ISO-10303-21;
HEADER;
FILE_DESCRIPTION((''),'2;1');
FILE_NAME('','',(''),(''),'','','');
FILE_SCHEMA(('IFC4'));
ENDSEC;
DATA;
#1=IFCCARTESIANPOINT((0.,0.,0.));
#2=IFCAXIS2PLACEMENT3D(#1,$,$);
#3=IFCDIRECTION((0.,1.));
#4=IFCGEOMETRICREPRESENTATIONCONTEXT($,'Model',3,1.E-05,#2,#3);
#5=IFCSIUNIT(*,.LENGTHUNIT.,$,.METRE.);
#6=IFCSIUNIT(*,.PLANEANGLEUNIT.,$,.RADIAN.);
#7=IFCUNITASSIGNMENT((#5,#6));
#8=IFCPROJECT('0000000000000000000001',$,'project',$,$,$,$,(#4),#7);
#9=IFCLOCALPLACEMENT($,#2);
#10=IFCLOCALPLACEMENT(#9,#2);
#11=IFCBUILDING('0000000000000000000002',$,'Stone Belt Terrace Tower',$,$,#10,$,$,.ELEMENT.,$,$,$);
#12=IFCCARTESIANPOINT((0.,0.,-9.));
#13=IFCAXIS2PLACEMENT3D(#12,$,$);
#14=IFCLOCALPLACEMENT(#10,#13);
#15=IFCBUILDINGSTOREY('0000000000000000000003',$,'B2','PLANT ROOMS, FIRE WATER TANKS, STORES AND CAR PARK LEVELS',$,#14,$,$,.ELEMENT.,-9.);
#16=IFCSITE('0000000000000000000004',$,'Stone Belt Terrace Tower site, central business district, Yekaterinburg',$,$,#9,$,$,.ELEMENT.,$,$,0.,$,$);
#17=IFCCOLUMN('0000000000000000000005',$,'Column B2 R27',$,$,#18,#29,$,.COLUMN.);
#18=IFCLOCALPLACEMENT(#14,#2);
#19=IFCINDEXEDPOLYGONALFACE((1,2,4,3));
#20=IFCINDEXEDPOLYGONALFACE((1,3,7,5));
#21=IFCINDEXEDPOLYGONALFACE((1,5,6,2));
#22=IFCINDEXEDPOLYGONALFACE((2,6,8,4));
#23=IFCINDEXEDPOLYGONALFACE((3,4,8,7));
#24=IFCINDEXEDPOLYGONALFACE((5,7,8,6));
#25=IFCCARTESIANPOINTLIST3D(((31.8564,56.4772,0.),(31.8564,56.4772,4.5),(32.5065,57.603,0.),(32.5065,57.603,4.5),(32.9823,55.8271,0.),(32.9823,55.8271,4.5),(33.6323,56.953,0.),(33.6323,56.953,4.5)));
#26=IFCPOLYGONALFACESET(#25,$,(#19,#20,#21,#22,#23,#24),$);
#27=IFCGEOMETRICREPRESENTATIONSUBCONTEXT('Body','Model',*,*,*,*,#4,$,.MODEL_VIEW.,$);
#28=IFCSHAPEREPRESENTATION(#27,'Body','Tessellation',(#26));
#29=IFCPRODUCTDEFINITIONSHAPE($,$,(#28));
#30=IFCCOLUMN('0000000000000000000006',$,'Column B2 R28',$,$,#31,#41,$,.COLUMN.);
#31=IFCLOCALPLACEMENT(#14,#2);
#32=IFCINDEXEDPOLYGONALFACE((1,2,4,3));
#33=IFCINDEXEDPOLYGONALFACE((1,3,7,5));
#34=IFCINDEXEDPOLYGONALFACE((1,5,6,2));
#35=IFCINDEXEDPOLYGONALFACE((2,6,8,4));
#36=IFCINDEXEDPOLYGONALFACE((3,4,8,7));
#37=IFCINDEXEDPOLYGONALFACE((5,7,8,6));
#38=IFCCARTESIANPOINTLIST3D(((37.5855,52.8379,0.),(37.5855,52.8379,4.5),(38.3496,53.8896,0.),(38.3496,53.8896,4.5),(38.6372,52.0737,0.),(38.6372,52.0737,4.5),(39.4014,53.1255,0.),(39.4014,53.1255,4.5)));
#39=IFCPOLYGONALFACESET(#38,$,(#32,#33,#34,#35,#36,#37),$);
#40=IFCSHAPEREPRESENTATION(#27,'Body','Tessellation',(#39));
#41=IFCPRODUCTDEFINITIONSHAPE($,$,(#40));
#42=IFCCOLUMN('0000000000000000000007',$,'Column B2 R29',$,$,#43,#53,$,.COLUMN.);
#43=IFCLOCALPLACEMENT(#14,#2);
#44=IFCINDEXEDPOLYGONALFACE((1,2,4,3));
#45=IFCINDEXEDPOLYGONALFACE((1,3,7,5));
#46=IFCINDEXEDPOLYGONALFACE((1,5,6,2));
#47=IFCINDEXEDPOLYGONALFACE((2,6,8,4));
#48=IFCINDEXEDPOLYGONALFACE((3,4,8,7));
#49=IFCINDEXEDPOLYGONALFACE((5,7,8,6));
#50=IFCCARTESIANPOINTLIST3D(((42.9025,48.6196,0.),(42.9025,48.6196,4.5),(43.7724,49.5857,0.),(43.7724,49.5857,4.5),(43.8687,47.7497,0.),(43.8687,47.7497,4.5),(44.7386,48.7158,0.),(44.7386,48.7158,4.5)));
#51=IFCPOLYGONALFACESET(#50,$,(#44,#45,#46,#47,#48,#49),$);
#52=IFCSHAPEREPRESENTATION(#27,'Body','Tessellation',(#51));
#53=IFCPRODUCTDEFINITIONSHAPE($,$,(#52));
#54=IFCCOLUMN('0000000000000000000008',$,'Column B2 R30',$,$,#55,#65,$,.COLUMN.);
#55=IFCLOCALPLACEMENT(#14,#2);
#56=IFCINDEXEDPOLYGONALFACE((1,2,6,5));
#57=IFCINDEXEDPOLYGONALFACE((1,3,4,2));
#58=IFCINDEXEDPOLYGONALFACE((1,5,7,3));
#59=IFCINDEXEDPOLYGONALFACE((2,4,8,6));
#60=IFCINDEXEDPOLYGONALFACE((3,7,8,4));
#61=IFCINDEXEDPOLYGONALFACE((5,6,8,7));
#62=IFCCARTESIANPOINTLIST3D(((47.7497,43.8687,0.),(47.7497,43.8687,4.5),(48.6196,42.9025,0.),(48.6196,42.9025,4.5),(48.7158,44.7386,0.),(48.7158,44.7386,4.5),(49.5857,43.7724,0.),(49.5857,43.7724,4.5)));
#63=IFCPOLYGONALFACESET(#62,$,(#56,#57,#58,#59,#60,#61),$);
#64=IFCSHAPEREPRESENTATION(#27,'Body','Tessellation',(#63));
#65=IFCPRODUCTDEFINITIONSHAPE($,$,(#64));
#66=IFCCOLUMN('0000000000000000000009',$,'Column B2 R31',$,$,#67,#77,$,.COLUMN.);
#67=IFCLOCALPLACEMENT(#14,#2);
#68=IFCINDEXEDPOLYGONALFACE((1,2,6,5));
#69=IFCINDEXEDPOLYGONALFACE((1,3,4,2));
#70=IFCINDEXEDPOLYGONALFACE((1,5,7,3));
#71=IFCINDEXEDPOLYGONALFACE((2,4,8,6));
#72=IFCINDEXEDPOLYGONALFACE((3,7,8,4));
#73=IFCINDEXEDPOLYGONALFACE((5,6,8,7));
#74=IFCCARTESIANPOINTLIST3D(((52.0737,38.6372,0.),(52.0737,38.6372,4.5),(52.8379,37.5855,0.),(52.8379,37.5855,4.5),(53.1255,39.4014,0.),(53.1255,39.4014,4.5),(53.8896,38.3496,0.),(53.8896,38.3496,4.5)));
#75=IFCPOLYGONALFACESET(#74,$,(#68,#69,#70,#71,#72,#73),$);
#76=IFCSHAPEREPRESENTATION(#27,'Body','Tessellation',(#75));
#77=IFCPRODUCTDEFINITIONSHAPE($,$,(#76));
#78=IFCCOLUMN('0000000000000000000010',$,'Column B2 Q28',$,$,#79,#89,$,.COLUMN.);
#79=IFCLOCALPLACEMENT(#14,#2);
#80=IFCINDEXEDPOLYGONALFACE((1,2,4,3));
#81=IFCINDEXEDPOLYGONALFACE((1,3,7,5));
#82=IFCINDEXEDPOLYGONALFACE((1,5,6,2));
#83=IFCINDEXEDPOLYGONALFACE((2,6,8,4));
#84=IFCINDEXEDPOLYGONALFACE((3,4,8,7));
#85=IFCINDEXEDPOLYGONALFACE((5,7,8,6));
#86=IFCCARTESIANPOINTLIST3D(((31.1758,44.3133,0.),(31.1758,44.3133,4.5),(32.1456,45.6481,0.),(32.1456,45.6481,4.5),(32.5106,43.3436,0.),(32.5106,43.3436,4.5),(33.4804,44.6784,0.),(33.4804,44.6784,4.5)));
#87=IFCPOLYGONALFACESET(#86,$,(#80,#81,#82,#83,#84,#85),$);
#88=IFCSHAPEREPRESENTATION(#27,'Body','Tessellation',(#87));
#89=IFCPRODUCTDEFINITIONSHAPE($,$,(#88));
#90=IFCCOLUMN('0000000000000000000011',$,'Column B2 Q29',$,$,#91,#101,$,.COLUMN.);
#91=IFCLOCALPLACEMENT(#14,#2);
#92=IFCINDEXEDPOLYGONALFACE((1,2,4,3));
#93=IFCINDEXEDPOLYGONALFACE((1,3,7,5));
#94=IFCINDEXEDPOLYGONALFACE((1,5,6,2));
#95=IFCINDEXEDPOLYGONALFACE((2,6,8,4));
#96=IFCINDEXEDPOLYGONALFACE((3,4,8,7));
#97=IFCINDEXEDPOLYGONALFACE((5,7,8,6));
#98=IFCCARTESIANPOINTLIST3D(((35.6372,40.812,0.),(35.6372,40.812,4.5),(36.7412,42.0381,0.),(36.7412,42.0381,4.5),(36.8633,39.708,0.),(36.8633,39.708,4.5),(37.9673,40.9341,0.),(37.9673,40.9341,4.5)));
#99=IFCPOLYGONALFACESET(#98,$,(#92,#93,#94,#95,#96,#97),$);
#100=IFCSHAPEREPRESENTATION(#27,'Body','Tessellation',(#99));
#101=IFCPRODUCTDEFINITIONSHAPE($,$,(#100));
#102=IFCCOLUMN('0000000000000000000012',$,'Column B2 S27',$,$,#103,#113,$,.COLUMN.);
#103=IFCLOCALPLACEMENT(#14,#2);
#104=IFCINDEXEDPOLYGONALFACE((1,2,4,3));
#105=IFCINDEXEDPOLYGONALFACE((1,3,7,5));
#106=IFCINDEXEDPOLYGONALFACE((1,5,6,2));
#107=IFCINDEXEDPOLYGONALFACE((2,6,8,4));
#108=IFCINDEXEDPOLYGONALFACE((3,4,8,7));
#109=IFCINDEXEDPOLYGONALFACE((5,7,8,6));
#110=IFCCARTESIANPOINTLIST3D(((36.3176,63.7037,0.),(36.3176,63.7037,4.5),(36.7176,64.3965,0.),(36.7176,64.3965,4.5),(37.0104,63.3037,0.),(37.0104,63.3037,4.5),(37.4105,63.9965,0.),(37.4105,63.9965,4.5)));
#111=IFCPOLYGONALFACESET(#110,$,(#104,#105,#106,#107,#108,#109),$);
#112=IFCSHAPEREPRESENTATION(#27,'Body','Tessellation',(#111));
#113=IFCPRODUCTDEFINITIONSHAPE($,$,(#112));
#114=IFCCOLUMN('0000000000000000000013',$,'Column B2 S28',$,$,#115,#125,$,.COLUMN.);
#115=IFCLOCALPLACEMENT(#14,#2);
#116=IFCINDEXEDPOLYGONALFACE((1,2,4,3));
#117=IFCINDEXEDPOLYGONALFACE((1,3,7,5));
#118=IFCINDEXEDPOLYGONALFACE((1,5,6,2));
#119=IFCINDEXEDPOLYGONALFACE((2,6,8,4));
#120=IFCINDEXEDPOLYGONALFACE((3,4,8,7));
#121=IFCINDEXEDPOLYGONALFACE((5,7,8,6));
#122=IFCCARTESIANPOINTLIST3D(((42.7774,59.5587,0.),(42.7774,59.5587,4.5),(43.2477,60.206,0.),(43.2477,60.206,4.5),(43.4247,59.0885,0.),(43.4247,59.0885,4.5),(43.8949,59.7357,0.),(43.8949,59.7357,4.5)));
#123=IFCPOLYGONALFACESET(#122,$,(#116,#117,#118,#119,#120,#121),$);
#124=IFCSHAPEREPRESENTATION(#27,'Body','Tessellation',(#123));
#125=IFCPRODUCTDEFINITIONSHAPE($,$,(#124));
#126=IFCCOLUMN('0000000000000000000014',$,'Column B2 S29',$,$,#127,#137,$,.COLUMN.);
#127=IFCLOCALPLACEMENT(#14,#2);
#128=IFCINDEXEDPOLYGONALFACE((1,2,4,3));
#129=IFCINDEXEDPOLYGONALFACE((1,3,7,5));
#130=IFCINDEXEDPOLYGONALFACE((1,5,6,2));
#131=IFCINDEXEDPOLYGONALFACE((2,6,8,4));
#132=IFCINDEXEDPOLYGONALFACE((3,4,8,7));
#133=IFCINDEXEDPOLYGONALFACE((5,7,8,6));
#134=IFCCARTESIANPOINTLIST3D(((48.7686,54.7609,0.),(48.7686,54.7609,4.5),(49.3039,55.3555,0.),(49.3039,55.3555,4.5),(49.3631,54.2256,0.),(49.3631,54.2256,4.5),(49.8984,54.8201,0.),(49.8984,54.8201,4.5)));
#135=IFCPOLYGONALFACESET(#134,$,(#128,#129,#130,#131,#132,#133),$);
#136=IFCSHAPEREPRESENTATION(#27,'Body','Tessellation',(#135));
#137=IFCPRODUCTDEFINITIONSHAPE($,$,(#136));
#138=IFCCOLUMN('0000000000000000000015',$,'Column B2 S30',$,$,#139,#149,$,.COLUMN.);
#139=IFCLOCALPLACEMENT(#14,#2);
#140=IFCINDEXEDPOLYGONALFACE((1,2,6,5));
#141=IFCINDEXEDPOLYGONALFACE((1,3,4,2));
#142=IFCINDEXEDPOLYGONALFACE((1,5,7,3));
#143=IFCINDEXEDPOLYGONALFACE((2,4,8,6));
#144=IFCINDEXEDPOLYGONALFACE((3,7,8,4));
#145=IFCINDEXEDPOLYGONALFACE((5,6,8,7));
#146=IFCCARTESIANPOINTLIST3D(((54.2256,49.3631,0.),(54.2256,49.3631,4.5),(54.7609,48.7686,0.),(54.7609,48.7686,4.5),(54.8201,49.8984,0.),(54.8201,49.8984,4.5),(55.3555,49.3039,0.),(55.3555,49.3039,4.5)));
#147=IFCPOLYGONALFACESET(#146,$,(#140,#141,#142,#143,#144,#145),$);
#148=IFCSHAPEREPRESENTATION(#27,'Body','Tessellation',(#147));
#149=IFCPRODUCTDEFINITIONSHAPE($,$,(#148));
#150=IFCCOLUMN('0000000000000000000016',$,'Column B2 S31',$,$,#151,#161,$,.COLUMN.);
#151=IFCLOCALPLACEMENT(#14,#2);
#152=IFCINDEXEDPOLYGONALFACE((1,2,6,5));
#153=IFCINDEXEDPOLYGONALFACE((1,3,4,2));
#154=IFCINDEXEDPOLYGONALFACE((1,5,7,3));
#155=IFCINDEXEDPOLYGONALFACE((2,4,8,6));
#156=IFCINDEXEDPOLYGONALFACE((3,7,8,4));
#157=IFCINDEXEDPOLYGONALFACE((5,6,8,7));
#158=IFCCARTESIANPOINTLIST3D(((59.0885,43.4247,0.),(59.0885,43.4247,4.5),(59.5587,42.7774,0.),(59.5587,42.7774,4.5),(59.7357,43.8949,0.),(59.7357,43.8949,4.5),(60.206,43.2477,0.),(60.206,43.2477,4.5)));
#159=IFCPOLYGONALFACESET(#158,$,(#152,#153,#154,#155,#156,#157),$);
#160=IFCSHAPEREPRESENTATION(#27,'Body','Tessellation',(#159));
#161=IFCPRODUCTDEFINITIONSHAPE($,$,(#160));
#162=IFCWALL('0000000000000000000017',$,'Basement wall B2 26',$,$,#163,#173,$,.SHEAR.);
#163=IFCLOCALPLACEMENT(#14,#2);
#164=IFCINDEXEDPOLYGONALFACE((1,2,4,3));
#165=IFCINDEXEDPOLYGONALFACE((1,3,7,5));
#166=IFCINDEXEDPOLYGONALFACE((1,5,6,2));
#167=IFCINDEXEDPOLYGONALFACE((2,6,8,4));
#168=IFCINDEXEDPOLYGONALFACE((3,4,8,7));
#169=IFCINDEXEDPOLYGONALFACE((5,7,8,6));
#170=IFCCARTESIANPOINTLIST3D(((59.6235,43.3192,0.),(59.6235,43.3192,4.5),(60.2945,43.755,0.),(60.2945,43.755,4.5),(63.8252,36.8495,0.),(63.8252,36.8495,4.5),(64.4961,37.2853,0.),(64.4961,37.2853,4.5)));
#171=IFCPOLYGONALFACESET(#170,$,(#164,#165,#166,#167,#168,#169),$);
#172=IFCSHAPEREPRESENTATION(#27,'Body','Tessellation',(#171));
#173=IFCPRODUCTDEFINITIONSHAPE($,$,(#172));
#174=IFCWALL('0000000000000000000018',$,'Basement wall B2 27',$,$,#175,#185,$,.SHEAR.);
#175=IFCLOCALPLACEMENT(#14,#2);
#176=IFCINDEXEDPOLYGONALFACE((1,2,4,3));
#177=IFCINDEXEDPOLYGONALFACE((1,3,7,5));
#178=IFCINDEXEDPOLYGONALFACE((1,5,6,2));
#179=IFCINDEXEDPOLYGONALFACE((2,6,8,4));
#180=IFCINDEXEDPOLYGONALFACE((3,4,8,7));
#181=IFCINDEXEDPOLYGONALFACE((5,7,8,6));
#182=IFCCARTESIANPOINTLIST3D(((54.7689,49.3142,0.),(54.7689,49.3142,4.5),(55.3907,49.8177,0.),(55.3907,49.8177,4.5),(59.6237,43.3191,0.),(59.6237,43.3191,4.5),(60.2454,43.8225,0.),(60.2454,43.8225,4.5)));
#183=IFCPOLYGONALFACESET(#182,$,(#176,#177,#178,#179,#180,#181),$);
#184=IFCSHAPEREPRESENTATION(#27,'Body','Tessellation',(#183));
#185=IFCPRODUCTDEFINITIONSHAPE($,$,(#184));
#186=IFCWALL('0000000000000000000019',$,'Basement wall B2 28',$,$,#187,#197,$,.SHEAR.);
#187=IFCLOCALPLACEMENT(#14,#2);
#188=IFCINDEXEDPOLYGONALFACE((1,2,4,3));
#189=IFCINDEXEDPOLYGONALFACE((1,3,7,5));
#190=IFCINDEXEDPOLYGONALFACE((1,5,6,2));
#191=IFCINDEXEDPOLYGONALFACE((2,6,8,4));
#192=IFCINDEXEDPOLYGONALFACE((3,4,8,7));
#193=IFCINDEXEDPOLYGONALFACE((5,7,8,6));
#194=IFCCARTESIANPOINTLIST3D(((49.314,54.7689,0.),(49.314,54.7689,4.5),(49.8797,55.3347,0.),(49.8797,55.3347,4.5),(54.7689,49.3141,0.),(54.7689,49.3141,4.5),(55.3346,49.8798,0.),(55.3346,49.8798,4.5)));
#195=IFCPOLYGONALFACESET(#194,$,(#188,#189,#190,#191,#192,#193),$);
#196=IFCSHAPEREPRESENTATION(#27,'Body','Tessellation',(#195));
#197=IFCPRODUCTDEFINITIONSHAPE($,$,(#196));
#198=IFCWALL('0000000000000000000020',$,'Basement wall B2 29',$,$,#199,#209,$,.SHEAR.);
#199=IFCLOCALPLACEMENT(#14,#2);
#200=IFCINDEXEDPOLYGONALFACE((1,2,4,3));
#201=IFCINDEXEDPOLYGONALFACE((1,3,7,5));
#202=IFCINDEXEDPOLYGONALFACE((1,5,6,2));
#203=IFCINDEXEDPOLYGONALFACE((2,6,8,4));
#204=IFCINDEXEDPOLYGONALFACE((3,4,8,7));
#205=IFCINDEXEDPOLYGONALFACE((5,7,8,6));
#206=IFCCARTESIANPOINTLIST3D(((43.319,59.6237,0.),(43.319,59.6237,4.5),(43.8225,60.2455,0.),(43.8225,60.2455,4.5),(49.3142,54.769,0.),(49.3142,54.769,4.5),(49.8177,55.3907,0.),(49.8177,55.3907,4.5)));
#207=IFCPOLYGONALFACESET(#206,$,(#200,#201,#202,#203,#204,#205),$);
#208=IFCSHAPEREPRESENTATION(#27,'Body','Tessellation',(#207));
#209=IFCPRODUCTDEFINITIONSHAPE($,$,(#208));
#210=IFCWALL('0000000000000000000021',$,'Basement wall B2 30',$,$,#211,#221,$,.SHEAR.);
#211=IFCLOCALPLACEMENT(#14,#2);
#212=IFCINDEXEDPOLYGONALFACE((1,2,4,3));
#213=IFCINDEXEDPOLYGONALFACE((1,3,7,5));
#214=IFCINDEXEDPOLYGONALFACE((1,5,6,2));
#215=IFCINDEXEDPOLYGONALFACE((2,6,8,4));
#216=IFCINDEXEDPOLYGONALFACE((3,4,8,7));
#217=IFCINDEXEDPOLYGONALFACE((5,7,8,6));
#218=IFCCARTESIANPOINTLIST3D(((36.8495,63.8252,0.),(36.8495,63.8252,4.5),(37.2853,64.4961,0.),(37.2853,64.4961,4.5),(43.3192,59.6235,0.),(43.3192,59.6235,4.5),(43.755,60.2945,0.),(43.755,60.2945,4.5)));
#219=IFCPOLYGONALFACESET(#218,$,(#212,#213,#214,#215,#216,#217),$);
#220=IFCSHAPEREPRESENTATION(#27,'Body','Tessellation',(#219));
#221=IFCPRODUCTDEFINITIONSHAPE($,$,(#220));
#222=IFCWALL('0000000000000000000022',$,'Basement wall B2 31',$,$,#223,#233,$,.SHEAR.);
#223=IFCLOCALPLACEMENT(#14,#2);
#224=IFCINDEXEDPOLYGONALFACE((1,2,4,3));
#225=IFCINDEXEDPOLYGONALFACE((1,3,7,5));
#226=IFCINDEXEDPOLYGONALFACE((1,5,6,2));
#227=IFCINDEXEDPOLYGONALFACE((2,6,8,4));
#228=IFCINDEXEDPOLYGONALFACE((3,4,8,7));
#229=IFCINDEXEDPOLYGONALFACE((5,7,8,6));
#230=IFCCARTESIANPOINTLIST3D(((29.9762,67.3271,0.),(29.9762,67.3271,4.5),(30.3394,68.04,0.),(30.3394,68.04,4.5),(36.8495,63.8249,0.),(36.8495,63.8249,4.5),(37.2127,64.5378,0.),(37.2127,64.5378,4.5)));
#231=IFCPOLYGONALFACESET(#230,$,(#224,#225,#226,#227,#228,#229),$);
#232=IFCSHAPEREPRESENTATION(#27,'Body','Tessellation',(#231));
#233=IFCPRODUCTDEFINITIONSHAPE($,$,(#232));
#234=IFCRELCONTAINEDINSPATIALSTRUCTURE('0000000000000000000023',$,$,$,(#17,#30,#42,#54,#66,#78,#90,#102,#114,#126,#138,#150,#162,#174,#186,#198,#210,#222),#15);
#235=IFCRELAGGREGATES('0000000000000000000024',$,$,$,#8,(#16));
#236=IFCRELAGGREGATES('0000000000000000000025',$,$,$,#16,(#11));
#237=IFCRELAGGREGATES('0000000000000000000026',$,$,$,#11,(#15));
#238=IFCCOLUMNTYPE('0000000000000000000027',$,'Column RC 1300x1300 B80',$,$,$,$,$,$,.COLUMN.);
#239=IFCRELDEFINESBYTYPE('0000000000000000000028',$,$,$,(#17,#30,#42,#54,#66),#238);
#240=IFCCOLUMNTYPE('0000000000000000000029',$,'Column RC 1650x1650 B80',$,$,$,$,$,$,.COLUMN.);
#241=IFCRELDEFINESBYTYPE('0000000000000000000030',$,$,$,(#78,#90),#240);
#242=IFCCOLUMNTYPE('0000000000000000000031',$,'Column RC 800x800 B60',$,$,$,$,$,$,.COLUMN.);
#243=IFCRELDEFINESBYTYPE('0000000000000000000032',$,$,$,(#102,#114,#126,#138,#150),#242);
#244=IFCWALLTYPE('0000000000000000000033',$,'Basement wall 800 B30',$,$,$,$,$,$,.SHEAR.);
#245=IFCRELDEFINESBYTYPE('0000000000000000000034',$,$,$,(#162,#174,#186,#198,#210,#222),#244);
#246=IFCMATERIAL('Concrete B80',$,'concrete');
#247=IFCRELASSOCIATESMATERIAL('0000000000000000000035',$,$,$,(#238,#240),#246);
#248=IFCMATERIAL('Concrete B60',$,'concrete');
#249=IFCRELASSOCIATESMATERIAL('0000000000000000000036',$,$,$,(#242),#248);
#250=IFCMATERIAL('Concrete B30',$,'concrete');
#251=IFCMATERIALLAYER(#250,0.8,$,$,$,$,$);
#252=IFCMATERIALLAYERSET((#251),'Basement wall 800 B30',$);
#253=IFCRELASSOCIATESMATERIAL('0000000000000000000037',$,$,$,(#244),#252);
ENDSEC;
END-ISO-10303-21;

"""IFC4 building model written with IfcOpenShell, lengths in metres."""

from ifc_helpers import new_model, si_unit, direction, frame, frame_2d, origin, origin_2d, place, context, subcontext, project, spatial, rectangle, extrude, material, layer, layer_set, material_profile, profile_set, type_object, element, save


model = new_model("IFC4")

# Units and contexts
model_context = context("Model", 3, precision=1e-05, world=origin(), true_north=direction((0.0, 1.0)))
body_context = subcontext(model_context, "Body", "Model", "MODEL_VIEW")
ifc_project = project(units=[si_unit("LENGTHUNIT", "METRE"), si_unit("PLANEANGLEUNIT", "RADIAN")], contexts=[model_context])

# Site, building, storey
site_placement = place(None, origin())
site = spatial("IfcSite", under=ifc_project, at=site_placement, Name="Stone Belt Terrace Tower site, central business district, Yekaterinburg", CompositionType="ELEMENT", RefElevation=0.0)
building_placement = place(site_placement, origin())
building = spatial("IfcBuilding", under=site, at=building_placement, Name="Stone Belt Terrace Tower", CompositionType="ELEMENT")
storey_placement = place(building_placement, frame((0.0, 0.0, -9.0)))
storey = spatial("IfcBuildingStorey", under=building, at=storey_placement, Name="B2", Description="PLANT ROOMS, FIRE WATER TANKS, STORES AND CAR PARK LEVELS", CompositionType="ELEMENT", Elevation=-9.0)

# Columns
ifc_material_1 = material(Name="Concrete B80", Category="concrete")
ifc_material_profile_1 = material_profile(ifc_material_1, rectangle(XDim=1.3, YDim=1.3, at=origin_2d()), Name="RC 1300x1300")
ifc_profile_set_1 = profile_set([ifc_material_profile_1], Name="Concrete B80")
column_type_1 = type_object("IfcColumnType", Name="Column RC 1300x1300 B80", PredefinedType="COLUMN", material=ifc_profile_set_1)
for number, where, z_axis, x_axis, name in (
    (1, (32.7444, 56.7151, 0.0), (0.0, 0.0, 1.0), (0.866025, -0.5, 0.0), "Column B2 R27"),
    (2, (38.4934, 52.9817, 0.0), (0.0, 0.0, 1.0), (0.809017, -0.587785, 0.0), "Column B2 R28"),
    (3, (43.8206, 48.6677, 0.0), (0.0, 0.0, 1.0), (0.743145, -0.669131, 0.0), "Column B2 R29"),
    (4, (48.6677, 43.8206, 0.0), (0.0, 0.0, 1.0), (0.669131, -0.743145, 0.0), "Column B2 R30"),
    (5, (52.9817, 38.4934, 0.0), (0.0, 0.0, 1.0), (0.587785, -0.809017, 0.0), "Column B2 R31"),
):
    element("IfcColumn", number, at=place(storey_placement, frame(where, z_axis=z_axis, x_axis=x_axis)), inside=storey, type_object=column_type_1, Name=name, PredefinedType="COLUMN", context=body_context, shape_type="SweptSolid", body=[
        extrude(rectangle(XDim=1.3, YDim=1.3, at=origin_2d()), origin(), (0.0, 0.0, 1.0), 4.5),
    ])
ifc_material_profile_2 = material_profile(ifc_material_1, rectangle(XDim=1.6499, YDim=1.6499, at=origin_2d()), Name="RC 1650x1650")
ifc_profile_set_2 = profile_set([ifc_material_profile_2], Name="Concrete B80")
column_type_2 = type_object("IfcColumnType", Name="Column RC 1650x1650 B80", PredefinedType="COLUMN", material=ifc_profile_set_2)
for number, where, z_axis, x_axis, name in (
    (6, (32.3281, 44.4958, 0.0), (0.0, 0.0, 1.0), (0.809017, -0.587785, 0.0), "Column B2 Q28"),
    (7, (36.8022, 40.873, 0.0), (0.0, 0.0, 1.0), (0.743145, -0.669131, 0.0), "Column B2 Q29"),
):
    element("IfcColumn", number, at=place(storey_placement, frame(where, z_axis=z_axis, x_axis=x_axis)), inside=storey, type_object=column_type_2, Name=name, PredefinedType="COLUMN", context=body_context, shape_type="SweptSolid", body=[
        extrude(rectangle(XDim=1.6499, YDim=1.6499, at=origin_2d()), origin(), (0.0, 0.0, 1.0), 4.5),
    ])
ifc_material_2 = material(Name="Concrete B60", Category="concrete")
ifc_material_profile_3 = material_profile(ifc_material_2, rectangle(XDim=0.8, YDim=0.8, at=origin_2d()), Name="RC 800x800")
ifc_profile_set_3 = profile_set([ifc_material_profile_3], Name="Concrete B60")
column_type_3 = type_object("IfcColumnType", Name="Column RC 800x800 B60", PredefinedType="COLUMN", material=ifc_profile_set_3)
for number, where, z_axis, x_axis, name in (
    (8, (36.864, 63.8501, 0.0), (0.0, 0.0, 1.0), (0.866025, -0.5, 0.0), "Column B2 S27"),
    (9, (43.3362, 59.6472, 0.0), (0.0, 0.0, 1.0), (0.809017, -0.587785, 0.0), "Column B2 S28"),
    (10, (49.3335, 54.7905, 0.0), (0.0, 0.0, 1.0), (0.743145, -0.669131, 0.0), "Column B2 S29"),
    (11, (54.7905, 49.3335, 0.0), (0.0, 0.0, 1.0), (0.669131, -0.743145, 0.0), "Column B2 S30"),
    (12, (59.6472, 43.3362, 0.0), (0.0, 0.0, 1.0), (0.587785, -0.809017, 0.0), "Column B2 S31"),
):
    element("IfcColumn", number, at=place(storey_placement, frame(where, z_axis=z_axis, x_axis=x_axis)), inside=storey, type_object=column_type_3, Name=name, PredefinedType="COLUMN", context=body_context, shape_type="SweptSolid", body=[
        extrude(rectangle(XDim=0.8, YDim=0.8, at=origin_2d()), origin(), (0.0, 0.0, 1.0), 4.5),
    ])

# Walls
ifc_material_3 = material(Name="Concrete B30", Category="concrete")
ifc_layer_1 = layer(ifc_material_3, 0.8)
ifc_layer_set_1 = layer_set([ifc_layer_1], Name="Basement wall 800 B30")
wall_type_1 = type_object("IfcWallType", Name="Basement wall 800 B30", PredefinedType="SHEAR", material=ifc_layer_set_1)
for number, where, z_axis, x_axis, name in (
    (13, (64.1606, 37.0674, 0.0), (0.0, 0.0, 1.0), (-0.544655, 0.83866, 0.0), "Basement wall B2 26"),
    (14, (59.9346, 43.5708, 0.0), (0.0, 0.0, 1.0), (-0.629319, 0.777147, 0.0), "Basement wall B2 27"),
    (15, (55.0518, 49.5969, 0.0), (0.0, 0.0, 1.0), (-0.707107, 0.707107, 0.0), "Basement wall B2 28"),
    (16, (49.5659, 55.0798, 0.0), (0.0, 0.0, 1.0), (-0.777147, 0.629319, 0.0), "Basement wall B2 29"),
    (17, (43.5371, 59.959, 0.0), (0.0, 0.0, 1.0), (-0.83866, 0.544655, 0.0), "Basement wall B2 30"),
):
    element("IfcWall", number, at=place(storey_placement, frame(where, z_axis=z_axis, x_axis=x_axis)), inside=storey, type_object=wall_type_1, Name=name, PredefinedType="SHEAR", context=body_context, shape_type="SweptSolid", body=[
        extrude(rectangle(XDim=7.7144, YDim=0.8, at=frame_2d((3.8572, 0.0))), origin(), (0.0, 0.0, 1.0), 4.5),
    ])
wall_1_placement = place(storey_placement, frame((37.031, 64.1814, 0.0), z_axis=(0.0, 0.0, 1.0), x_axis=(-0.891002, 0.453999, 0.0)))
element("IfcWall", 18, at=wall_1_placement, inside=storey, type_object=wall_type_1, Name="Basement wall B2 31", PredefinedType="SHEAR", context=body_context, shape_type="SweptSolid", body=[
    extrude(rectangle(XDim=7.7141, YDim=0.8, at=frame_2d((3.8569, 0.0))), origin(), (0.0, 0.0, 1.0), 4.5),
])

save(model, "model.ifc")
